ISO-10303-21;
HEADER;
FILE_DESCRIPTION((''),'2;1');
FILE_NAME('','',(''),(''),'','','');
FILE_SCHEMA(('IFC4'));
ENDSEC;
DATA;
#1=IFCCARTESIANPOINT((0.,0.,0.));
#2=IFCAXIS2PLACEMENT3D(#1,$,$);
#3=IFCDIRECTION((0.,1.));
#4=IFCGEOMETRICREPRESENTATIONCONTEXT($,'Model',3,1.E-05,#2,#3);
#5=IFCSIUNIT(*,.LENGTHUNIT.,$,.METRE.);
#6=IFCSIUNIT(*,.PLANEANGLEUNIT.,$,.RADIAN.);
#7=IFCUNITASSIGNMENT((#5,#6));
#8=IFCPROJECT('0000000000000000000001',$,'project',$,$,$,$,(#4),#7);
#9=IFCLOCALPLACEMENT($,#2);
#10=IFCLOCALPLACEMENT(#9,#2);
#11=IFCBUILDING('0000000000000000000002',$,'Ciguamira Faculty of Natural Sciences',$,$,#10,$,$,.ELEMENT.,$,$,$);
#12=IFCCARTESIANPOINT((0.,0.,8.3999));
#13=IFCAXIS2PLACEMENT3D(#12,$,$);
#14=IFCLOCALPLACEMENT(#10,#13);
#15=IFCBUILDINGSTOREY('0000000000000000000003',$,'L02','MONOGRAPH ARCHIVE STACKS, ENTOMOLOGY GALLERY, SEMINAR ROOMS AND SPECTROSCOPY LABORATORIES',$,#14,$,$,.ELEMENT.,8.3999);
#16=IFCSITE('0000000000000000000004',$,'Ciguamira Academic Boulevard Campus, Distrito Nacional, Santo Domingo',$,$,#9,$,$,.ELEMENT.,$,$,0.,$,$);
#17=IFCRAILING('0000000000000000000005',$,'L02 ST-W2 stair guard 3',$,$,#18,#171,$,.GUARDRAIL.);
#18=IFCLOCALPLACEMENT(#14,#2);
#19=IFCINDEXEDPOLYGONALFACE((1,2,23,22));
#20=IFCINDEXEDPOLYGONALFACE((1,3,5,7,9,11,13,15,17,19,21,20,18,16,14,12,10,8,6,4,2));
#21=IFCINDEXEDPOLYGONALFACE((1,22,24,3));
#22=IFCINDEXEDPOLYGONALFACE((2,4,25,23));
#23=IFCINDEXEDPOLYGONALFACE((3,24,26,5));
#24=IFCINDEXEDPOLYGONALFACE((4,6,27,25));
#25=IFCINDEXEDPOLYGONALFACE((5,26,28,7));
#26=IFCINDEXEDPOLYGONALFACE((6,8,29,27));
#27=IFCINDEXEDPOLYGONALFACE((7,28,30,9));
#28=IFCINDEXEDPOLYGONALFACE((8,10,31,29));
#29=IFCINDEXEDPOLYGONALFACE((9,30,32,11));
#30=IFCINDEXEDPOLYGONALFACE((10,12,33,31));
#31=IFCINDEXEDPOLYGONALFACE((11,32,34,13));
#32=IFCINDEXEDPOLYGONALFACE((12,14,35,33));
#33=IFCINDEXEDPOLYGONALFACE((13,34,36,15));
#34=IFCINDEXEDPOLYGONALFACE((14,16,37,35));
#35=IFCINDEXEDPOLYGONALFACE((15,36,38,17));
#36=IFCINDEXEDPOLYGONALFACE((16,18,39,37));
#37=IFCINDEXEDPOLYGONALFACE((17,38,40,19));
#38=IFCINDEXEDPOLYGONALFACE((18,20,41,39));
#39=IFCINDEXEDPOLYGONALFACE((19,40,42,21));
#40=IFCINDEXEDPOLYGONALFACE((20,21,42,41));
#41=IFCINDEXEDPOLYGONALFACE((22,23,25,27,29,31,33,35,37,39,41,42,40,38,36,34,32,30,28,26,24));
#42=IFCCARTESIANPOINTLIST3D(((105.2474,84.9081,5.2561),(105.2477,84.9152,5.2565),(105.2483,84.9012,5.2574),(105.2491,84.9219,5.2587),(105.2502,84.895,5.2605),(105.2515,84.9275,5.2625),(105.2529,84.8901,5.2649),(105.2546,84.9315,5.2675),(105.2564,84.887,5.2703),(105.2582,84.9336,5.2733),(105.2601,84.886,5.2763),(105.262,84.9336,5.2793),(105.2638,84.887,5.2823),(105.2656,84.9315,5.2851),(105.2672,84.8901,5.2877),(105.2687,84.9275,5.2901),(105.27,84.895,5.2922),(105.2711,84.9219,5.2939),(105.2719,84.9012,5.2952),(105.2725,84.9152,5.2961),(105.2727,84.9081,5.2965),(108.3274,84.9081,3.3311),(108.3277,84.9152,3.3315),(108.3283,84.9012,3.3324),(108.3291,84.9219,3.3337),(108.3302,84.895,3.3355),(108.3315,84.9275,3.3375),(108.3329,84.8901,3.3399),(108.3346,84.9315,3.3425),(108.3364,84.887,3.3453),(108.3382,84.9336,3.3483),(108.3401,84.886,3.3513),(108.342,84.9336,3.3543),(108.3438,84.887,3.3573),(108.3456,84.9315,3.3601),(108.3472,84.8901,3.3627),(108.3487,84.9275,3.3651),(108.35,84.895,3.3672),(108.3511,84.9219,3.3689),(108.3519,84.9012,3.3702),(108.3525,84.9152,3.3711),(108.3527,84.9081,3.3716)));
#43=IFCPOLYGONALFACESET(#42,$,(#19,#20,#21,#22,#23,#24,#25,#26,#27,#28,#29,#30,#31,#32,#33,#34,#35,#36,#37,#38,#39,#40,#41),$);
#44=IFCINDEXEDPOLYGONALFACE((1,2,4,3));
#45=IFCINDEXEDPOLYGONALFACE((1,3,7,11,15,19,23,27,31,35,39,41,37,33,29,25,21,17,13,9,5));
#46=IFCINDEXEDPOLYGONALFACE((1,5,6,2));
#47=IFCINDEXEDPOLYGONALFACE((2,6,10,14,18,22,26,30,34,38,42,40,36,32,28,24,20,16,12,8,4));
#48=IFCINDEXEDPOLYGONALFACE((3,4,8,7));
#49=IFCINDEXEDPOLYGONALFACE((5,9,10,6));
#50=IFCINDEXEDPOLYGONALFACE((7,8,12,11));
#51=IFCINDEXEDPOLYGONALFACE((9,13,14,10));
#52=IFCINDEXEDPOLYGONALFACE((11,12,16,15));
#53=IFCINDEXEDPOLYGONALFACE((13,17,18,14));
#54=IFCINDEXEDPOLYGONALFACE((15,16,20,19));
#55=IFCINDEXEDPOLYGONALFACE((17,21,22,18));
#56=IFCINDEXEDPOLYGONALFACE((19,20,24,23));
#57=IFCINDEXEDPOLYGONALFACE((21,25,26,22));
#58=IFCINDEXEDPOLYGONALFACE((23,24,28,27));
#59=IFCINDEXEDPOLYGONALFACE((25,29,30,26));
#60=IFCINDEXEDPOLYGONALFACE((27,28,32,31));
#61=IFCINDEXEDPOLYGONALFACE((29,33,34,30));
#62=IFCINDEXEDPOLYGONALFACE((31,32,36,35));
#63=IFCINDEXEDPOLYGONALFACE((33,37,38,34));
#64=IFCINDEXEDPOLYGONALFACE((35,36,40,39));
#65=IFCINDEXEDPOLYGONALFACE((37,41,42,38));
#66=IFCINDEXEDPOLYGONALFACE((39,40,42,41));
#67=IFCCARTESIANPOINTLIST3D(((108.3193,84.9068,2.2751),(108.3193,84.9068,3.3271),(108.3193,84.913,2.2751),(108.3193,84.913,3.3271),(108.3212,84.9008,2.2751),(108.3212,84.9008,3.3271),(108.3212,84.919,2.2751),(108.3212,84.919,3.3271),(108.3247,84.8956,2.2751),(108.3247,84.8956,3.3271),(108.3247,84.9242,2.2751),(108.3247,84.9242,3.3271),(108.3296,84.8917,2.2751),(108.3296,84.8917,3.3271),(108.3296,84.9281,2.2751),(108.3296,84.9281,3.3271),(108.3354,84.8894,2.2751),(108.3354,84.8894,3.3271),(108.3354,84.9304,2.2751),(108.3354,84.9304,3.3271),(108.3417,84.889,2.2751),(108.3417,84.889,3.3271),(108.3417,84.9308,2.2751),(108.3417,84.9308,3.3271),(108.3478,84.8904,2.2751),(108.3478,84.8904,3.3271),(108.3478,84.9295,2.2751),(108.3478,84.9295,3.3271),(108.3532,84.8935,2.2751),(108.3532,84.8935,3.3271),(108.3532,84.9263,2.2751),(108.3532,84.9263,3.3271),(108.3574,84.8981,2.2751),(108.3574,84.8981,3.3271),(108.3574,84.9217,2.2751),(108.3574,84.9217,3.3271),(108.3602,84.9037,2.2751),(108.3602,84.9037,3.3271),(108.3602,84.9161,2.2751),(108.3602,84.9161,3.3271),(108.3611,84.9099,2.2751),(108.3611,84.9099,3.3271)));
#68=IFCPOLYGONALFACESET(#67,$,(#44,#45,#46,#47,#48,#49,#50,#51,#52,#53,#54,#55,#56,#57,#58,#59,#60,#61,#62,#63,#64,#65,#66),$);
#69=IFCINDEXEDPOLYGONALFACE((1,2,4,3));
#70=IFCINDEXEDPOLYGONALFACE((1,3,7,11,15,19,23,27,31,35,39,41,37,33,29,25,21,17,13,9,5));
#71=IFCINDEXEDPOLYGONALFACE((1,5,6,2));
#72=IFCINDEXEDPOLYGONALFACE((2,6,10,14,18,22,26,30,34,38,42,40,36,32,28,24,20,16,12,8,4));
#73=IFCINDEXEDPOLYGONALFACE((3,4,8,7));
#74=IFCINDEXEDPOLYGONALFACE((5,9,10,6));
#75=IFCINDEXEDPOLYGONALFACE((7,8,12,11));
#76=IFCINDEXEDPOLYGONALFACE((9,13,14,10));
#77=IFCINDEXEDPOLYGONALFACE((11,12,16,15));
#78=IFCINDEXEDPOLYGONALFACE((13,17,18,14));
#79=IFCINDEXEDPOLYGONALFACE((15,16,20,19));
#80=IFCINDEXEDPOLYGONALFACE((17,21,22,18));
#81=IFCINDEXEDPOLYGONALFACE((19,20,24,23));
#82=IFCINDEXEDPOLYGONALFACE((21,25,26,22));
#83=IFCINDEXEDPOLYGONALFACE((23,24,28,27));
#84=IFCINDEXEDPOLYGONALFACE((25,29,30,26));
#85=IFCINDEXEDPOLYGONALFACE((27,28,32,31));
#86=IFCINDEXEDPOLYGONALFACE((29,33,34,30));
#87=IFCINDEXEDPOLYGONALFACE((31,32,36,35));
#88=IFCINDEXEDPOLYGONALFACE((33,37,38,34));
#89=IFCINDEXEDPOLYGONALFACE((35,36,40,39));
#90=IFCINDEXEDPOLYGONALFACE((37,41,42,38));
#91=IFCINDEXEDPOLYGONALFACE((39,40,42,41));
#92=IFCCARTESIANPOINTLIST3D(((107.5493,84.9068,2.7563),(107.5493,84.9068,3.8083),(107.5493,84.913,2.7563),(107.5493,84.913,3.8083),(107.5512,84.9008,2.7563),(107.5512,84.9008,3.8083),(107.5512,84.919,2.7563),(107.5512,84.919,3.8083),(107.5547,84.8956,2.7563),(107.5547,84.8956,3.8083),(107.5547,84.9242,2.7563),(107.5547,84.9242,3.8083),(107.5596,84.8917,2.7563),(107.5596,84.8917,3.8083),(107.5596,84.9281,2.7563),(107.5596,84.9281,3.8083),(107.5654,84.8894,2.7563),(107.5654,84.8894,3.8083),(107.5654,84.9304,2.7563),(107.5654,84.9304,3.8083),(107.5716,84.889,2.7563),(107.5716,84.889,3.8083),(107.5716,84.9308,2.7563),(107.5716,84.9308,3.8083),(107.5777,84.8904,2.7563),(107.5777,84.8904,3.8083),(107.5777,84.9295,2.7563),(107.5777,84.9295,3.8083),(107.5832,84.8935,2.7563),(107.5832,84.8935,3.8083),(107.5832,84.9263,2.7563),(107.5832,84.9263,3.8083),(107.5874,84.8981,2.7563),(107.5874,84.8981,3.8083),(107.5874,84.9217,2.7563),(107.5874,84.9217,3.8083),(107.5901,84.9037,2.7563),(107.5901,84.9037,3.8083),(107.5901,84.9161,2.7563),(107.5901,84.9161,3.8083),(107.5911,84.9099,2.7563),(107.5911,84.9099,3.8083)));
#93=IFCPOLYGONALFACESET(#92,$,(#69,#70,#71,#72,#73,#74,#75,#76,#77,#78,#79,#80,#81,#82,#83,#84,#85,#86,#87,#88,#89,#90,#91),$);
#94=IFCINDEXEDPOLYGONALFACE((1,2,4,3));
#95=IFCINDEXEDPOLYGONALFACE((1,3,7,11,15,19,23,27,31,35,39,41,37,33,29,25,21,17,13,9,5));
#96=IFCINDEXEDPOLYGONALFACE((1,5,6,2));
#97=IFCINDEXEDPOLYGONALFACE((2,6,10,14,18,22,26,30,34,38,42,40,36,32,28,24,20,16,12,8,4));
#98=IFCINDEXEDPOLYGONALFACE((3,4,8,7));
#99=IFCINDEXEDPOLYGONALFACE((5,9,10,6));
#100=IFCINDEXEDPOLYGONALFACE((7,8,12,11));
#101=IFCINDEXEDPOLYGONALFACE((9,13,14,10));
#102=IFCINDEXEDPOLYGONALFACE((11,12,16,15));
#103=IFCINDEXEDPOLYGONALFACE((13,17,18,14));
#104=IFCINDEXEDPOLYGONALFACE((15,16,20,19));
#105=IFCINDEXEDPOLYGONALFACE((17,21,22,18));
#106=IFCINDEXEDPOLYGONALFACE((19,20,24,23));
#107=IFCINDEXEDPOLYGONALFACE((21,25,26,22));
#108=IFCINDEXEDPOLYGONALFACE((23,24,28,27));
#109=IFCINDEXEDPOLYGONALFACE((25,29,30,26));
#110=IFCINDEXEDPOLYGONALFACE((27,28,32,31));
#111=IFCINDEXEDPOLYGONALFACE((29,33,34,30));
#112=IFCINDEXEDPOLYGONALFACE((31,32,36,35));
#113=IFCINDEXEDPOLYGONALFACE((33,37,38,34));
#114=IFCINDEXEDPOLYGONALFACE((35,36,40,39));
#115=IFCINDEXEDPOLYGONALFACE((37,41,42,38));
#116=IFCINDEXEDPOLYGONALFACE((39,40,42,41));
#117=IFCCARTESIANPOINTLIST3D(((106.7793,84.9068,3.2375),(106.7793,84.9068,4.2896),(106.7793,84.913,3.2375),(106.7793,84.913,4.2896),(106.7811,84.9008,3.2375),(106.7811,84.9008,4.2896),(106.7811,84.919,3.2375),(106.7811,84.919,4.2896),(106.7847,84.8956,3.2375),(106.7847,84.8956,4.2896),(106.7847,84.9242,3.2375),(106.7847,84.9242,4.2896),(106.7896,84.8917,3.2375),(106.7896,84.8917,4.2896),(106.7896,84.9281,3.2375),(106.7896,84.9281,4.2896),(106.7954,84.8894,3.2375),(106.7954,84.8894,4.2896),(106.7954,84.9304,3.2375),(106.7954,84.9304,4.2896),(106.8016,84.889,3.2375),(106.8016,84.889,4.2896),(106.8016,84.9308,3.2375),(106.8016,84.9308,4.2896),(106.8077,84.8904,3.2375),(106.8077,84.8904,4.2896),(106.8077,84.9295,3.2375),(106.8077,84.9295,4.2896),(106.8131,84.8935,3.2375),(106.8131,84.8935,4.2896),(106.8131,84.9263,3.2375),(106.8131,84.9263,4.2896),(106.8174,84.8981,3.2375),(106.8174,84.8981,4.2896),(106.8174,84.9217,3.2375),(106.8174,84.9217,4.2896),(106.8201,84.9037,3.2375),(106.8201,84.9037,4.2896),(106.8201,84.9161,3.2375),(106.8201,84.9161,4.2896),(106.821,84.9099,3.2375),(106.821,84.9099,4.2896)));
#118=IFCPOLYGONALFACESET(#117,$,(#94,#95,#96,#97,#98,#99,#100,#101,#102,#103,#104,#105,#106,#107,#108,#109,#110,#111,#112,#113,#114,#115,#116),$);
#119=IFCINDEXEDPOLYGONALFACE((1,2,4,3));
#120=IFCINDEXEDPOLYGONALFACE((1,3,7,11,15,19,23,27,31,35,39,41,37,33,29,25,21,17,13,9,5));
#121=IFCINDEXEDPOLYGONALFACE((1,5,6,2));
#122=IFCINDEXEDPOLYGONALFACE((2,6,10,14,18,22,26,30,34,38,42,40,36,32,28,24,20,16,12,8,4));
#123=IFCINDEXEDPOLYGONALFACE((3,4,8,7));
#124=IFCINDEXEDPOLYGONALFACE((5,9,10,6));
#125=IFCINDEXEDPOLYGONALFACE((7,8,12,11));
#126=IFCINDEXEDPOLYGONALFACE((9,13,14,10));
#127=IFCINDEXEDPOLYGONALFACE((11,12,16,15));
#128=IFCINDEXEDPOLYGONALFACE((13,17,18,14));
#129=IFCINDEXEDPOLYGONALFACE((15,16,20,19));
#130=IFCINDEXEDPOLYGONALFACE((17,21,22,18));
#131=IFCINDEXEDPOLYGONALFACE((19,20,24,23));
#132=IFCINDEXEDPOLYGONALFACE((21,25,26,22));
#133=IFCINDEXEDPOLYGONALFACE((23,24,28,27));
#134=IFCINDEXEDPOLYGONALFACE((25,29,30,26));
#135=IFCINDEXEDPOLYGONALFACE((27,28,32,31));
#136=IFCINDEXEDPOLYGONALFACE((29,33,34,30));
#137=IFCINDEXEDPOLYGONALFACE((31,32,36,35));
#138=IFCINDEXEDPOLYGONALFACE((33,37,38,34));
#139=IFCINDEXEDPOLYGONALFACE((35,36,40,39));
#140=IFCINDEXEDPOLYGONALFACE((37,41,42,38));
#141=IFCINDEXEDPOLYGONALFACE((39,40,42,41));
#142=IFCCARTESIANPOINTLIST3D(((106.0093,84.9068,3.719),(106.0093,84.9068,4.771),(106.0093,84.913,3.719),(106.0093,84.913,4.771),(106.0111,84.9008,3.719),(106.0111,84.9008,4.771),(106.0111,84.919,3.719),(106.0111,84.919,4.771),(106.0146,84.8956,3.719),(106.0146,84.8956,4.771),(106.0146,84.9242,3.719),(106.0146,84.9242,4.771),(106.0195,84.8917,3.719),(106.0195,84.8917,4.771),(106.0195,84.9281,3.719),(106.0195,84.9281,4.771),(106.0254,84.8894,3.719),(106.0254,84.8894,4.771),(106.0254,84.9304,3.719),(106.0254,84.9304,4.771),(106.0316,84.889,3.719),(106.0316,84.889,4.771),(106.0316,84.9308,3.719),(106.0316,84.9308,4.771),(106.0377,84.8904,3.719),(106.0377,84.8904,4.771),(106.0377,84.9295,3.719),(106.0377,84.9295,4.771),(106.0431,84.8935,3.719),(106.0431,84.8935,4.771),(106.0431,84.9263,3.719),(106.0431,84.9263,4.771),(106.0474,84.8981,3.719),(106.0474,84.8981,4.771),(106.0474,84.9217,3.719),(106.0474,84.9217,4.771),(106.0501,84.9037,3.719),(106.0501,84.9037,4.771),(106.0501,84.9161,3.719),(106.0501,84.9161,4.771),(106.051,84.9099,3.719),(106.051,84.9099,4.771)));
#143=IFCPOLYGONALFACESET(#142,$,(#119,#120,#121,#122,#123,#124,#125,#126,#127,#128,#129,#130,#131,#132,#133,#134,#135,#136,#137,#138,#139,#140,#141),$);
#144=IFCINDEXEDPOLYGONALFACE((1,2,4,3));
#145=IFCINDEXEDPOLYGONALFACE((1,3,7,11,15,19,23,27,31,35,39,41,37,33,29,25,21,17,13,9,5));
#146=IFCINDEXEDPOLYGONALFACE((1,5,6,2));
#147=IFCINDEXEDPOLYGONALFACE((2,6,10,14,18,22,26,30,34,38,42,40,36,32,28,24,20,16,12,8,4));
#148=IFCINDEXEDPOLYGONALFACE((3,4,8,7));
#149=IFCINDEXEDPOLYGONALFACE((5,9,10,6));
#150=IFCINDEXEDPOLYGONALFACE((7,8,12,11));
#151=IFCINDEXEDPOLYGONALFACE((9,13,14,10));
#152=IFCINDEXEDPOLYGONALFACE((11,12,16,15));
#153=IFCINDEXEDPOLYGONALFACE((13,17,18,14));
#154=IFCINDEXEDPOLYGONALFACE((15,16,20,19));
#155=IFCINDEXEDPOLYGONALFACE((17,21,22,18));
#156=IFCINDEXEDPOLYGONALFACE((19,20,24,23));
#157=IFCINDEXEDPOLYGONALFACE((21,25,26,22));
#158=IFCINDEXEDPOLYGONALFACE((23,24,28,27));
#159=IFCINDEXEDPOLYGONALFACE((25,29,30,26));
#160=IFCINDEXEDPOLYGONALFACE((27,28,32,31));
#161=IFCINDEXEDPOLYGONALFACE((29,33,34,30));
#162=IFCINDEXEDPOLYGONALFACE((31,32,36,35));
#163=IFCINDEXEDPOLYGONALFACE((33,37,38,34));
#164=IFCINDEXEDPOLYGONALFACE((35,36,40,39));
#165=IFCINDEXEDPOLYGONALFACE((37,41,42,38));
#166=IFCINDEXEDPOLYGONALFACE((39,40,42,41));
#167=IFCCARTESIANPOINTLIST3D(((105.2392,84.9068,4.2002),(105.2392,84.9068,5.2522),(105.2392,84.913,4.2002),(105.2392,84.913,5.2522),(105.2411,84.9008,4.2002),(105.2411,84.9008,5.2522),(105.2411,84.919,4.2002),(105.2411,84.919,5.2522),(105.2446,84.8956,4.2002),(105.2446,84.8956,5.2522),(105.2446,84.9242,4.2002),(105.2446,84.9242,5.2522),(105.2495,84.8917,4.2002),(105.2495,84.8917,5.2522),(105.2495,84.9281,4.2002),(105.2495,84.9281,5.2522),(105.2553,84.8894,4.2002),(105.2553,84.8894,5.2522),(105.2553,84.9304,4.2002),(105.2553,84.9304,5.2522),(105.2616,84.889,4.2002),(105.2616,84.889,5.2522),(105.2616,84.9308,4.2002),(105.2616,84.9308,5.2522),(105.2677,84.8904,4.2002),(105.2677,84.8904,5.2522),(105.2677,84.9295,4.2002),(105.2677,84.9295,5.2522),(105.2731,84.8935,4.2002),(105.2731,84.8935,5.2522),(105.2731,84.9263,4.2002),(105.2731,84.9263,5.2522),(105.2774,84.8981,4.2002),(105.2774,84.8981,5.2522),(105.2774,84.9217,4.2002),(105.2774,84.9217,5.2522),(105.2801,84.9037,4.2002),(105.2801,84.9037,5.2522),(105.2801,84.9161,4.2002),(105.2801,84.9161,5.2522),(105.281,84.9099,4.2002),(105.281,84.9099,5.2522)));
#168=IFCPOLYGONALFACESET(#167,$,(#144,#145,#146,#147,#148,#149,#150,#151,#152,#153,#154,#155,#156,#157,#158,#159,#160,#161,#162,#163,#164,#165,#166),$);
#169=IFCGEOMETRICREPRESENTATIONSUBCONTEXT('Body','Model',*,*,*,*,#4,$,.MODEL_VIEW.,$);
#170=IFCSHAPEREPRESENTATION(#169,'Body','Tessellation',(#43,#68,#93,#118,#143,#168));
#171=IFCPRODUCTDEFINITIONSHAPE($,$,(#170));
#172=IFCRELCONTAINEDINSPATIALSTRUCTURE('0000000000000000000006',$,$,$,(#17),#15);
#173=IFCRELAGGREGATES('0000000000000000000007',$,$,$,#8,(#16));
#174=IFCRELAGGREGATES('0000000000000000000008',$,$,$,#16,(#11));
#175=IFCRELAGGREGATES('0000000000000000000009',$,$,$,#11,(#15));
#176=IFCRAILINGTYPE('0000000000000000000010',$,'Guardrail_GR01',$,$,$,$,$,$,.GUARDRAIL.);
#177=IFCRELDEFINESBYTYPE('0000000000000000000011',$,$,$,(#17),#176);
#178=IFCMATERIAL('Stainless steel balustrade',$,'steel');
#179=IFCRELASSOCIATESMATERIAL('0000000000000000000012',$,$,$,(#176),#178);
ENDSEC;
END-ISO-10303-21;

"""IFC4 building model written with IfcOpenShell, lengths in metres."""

from ifc_helpers import new_model, si_unit, direction, frame, origin, origin_2d, place, context, subcontext, project, spatial, circle, extrude, material, type_object, element, save


model = new_model("IFC4")

# Units and contexts
model_context = context("Model", 3, precision=1e-05, world=origin(), true_north=direction((0.0, 1.0)))
body_context = subcontext(model_context, "Body", "Model", "MODEL_VIEW")
ifc_project = project(units=[si_unit("LENGTHUNIT", "METRE"), si_unit("PLANEANGLEUNIT", "RADIAN")], contexts=[model_context])

# Site, building, storey
site_placement = place(None, origin())
site = spatial("IfcSite", under=ifc_project, at=site_placement, Name="Ciguamira Academic Boulevard Campus, Distrito Nacional, Santo Domingo", CompositionType="ELEMENT", RefElevation=0.0)
building_placement = place(site_placement, origin())
building = spatial("IfcBuilding", under=site, at=building_placement, Name="Ciguamira Faculty of Natural Sciences", CompositionType="ELEMENT")
storey_placement = place(building_placement, frame((0.0, 0.0, 8.3999)))
storey = spatial("IfcBuildingStorey", under=building, at=storey_placement, Name="L02", Description="MONOGRAPH ARCHIVE STACKS, ENTOMOLOGY GALLERY, SEMINAR ROOMS AND SPECTROSCOPY LABORATORIES", CompositionType="ELEMENT", Elevation=8.3999)

# Railing
ifc_material_1 = material(Name="Stainless steel balustrade", Category="steel")
railing_type_1 = type_object("IfcRailingType", Name="Guardrail_GR01", PredefinedType="GUARDRAIL", material=ifc_material_1)
railing_1_placement = place(storey_placement, frame((108.3401, 84.9099, 2.2751)))
element("IfcRailing", 1, at=railing_1_placement, inside=storey, type_object=railing_type_1, Name="L02 ST-W2 stair guard 3", PredefinedType="GUARDRAIL", context=body_context, shape_type="SweptSolid", body=[
    extrude(circle(Radius=0.0239, at=origin_2d()), frame((0.0, 0.0, 1.0762), z_axis=(-0.847998, 0.0, 0.529999), x_axis=(0.0, -1.0, 0.0)), (0.0, 0.0, 1.0), 3.6321),
    extrude(circle(Radius=0.021, at=origin_2d()), origin(), (0.0, 0.0, 1.0), 1.052),
    extrude(circle(Radius=0.021, at=origin_2d()), frame((-0.77, 0.0, 0.4812)), (0.0, 0.0, 1.0), 1.052),
    extrude(circle(Radius=0.021, at=origin_2d()), frame((-1.54, 0.0, 0.9624)), (0.0, 0.0, 1.0), 1.052),
    extrude(circle(Radius=0.021, at=origin_2d()), frame((-2.3101, 0.0, 1.4438)), (0.0, 0.0, 1.0), 1.052),
    extrude(circle(Radius=0.021, at=origin_2d()), frame((-3.0801, 0.0, 1.925)), (0.0, 0.0, 1.0), 1.052),
])

save(model, "model.ifc")
